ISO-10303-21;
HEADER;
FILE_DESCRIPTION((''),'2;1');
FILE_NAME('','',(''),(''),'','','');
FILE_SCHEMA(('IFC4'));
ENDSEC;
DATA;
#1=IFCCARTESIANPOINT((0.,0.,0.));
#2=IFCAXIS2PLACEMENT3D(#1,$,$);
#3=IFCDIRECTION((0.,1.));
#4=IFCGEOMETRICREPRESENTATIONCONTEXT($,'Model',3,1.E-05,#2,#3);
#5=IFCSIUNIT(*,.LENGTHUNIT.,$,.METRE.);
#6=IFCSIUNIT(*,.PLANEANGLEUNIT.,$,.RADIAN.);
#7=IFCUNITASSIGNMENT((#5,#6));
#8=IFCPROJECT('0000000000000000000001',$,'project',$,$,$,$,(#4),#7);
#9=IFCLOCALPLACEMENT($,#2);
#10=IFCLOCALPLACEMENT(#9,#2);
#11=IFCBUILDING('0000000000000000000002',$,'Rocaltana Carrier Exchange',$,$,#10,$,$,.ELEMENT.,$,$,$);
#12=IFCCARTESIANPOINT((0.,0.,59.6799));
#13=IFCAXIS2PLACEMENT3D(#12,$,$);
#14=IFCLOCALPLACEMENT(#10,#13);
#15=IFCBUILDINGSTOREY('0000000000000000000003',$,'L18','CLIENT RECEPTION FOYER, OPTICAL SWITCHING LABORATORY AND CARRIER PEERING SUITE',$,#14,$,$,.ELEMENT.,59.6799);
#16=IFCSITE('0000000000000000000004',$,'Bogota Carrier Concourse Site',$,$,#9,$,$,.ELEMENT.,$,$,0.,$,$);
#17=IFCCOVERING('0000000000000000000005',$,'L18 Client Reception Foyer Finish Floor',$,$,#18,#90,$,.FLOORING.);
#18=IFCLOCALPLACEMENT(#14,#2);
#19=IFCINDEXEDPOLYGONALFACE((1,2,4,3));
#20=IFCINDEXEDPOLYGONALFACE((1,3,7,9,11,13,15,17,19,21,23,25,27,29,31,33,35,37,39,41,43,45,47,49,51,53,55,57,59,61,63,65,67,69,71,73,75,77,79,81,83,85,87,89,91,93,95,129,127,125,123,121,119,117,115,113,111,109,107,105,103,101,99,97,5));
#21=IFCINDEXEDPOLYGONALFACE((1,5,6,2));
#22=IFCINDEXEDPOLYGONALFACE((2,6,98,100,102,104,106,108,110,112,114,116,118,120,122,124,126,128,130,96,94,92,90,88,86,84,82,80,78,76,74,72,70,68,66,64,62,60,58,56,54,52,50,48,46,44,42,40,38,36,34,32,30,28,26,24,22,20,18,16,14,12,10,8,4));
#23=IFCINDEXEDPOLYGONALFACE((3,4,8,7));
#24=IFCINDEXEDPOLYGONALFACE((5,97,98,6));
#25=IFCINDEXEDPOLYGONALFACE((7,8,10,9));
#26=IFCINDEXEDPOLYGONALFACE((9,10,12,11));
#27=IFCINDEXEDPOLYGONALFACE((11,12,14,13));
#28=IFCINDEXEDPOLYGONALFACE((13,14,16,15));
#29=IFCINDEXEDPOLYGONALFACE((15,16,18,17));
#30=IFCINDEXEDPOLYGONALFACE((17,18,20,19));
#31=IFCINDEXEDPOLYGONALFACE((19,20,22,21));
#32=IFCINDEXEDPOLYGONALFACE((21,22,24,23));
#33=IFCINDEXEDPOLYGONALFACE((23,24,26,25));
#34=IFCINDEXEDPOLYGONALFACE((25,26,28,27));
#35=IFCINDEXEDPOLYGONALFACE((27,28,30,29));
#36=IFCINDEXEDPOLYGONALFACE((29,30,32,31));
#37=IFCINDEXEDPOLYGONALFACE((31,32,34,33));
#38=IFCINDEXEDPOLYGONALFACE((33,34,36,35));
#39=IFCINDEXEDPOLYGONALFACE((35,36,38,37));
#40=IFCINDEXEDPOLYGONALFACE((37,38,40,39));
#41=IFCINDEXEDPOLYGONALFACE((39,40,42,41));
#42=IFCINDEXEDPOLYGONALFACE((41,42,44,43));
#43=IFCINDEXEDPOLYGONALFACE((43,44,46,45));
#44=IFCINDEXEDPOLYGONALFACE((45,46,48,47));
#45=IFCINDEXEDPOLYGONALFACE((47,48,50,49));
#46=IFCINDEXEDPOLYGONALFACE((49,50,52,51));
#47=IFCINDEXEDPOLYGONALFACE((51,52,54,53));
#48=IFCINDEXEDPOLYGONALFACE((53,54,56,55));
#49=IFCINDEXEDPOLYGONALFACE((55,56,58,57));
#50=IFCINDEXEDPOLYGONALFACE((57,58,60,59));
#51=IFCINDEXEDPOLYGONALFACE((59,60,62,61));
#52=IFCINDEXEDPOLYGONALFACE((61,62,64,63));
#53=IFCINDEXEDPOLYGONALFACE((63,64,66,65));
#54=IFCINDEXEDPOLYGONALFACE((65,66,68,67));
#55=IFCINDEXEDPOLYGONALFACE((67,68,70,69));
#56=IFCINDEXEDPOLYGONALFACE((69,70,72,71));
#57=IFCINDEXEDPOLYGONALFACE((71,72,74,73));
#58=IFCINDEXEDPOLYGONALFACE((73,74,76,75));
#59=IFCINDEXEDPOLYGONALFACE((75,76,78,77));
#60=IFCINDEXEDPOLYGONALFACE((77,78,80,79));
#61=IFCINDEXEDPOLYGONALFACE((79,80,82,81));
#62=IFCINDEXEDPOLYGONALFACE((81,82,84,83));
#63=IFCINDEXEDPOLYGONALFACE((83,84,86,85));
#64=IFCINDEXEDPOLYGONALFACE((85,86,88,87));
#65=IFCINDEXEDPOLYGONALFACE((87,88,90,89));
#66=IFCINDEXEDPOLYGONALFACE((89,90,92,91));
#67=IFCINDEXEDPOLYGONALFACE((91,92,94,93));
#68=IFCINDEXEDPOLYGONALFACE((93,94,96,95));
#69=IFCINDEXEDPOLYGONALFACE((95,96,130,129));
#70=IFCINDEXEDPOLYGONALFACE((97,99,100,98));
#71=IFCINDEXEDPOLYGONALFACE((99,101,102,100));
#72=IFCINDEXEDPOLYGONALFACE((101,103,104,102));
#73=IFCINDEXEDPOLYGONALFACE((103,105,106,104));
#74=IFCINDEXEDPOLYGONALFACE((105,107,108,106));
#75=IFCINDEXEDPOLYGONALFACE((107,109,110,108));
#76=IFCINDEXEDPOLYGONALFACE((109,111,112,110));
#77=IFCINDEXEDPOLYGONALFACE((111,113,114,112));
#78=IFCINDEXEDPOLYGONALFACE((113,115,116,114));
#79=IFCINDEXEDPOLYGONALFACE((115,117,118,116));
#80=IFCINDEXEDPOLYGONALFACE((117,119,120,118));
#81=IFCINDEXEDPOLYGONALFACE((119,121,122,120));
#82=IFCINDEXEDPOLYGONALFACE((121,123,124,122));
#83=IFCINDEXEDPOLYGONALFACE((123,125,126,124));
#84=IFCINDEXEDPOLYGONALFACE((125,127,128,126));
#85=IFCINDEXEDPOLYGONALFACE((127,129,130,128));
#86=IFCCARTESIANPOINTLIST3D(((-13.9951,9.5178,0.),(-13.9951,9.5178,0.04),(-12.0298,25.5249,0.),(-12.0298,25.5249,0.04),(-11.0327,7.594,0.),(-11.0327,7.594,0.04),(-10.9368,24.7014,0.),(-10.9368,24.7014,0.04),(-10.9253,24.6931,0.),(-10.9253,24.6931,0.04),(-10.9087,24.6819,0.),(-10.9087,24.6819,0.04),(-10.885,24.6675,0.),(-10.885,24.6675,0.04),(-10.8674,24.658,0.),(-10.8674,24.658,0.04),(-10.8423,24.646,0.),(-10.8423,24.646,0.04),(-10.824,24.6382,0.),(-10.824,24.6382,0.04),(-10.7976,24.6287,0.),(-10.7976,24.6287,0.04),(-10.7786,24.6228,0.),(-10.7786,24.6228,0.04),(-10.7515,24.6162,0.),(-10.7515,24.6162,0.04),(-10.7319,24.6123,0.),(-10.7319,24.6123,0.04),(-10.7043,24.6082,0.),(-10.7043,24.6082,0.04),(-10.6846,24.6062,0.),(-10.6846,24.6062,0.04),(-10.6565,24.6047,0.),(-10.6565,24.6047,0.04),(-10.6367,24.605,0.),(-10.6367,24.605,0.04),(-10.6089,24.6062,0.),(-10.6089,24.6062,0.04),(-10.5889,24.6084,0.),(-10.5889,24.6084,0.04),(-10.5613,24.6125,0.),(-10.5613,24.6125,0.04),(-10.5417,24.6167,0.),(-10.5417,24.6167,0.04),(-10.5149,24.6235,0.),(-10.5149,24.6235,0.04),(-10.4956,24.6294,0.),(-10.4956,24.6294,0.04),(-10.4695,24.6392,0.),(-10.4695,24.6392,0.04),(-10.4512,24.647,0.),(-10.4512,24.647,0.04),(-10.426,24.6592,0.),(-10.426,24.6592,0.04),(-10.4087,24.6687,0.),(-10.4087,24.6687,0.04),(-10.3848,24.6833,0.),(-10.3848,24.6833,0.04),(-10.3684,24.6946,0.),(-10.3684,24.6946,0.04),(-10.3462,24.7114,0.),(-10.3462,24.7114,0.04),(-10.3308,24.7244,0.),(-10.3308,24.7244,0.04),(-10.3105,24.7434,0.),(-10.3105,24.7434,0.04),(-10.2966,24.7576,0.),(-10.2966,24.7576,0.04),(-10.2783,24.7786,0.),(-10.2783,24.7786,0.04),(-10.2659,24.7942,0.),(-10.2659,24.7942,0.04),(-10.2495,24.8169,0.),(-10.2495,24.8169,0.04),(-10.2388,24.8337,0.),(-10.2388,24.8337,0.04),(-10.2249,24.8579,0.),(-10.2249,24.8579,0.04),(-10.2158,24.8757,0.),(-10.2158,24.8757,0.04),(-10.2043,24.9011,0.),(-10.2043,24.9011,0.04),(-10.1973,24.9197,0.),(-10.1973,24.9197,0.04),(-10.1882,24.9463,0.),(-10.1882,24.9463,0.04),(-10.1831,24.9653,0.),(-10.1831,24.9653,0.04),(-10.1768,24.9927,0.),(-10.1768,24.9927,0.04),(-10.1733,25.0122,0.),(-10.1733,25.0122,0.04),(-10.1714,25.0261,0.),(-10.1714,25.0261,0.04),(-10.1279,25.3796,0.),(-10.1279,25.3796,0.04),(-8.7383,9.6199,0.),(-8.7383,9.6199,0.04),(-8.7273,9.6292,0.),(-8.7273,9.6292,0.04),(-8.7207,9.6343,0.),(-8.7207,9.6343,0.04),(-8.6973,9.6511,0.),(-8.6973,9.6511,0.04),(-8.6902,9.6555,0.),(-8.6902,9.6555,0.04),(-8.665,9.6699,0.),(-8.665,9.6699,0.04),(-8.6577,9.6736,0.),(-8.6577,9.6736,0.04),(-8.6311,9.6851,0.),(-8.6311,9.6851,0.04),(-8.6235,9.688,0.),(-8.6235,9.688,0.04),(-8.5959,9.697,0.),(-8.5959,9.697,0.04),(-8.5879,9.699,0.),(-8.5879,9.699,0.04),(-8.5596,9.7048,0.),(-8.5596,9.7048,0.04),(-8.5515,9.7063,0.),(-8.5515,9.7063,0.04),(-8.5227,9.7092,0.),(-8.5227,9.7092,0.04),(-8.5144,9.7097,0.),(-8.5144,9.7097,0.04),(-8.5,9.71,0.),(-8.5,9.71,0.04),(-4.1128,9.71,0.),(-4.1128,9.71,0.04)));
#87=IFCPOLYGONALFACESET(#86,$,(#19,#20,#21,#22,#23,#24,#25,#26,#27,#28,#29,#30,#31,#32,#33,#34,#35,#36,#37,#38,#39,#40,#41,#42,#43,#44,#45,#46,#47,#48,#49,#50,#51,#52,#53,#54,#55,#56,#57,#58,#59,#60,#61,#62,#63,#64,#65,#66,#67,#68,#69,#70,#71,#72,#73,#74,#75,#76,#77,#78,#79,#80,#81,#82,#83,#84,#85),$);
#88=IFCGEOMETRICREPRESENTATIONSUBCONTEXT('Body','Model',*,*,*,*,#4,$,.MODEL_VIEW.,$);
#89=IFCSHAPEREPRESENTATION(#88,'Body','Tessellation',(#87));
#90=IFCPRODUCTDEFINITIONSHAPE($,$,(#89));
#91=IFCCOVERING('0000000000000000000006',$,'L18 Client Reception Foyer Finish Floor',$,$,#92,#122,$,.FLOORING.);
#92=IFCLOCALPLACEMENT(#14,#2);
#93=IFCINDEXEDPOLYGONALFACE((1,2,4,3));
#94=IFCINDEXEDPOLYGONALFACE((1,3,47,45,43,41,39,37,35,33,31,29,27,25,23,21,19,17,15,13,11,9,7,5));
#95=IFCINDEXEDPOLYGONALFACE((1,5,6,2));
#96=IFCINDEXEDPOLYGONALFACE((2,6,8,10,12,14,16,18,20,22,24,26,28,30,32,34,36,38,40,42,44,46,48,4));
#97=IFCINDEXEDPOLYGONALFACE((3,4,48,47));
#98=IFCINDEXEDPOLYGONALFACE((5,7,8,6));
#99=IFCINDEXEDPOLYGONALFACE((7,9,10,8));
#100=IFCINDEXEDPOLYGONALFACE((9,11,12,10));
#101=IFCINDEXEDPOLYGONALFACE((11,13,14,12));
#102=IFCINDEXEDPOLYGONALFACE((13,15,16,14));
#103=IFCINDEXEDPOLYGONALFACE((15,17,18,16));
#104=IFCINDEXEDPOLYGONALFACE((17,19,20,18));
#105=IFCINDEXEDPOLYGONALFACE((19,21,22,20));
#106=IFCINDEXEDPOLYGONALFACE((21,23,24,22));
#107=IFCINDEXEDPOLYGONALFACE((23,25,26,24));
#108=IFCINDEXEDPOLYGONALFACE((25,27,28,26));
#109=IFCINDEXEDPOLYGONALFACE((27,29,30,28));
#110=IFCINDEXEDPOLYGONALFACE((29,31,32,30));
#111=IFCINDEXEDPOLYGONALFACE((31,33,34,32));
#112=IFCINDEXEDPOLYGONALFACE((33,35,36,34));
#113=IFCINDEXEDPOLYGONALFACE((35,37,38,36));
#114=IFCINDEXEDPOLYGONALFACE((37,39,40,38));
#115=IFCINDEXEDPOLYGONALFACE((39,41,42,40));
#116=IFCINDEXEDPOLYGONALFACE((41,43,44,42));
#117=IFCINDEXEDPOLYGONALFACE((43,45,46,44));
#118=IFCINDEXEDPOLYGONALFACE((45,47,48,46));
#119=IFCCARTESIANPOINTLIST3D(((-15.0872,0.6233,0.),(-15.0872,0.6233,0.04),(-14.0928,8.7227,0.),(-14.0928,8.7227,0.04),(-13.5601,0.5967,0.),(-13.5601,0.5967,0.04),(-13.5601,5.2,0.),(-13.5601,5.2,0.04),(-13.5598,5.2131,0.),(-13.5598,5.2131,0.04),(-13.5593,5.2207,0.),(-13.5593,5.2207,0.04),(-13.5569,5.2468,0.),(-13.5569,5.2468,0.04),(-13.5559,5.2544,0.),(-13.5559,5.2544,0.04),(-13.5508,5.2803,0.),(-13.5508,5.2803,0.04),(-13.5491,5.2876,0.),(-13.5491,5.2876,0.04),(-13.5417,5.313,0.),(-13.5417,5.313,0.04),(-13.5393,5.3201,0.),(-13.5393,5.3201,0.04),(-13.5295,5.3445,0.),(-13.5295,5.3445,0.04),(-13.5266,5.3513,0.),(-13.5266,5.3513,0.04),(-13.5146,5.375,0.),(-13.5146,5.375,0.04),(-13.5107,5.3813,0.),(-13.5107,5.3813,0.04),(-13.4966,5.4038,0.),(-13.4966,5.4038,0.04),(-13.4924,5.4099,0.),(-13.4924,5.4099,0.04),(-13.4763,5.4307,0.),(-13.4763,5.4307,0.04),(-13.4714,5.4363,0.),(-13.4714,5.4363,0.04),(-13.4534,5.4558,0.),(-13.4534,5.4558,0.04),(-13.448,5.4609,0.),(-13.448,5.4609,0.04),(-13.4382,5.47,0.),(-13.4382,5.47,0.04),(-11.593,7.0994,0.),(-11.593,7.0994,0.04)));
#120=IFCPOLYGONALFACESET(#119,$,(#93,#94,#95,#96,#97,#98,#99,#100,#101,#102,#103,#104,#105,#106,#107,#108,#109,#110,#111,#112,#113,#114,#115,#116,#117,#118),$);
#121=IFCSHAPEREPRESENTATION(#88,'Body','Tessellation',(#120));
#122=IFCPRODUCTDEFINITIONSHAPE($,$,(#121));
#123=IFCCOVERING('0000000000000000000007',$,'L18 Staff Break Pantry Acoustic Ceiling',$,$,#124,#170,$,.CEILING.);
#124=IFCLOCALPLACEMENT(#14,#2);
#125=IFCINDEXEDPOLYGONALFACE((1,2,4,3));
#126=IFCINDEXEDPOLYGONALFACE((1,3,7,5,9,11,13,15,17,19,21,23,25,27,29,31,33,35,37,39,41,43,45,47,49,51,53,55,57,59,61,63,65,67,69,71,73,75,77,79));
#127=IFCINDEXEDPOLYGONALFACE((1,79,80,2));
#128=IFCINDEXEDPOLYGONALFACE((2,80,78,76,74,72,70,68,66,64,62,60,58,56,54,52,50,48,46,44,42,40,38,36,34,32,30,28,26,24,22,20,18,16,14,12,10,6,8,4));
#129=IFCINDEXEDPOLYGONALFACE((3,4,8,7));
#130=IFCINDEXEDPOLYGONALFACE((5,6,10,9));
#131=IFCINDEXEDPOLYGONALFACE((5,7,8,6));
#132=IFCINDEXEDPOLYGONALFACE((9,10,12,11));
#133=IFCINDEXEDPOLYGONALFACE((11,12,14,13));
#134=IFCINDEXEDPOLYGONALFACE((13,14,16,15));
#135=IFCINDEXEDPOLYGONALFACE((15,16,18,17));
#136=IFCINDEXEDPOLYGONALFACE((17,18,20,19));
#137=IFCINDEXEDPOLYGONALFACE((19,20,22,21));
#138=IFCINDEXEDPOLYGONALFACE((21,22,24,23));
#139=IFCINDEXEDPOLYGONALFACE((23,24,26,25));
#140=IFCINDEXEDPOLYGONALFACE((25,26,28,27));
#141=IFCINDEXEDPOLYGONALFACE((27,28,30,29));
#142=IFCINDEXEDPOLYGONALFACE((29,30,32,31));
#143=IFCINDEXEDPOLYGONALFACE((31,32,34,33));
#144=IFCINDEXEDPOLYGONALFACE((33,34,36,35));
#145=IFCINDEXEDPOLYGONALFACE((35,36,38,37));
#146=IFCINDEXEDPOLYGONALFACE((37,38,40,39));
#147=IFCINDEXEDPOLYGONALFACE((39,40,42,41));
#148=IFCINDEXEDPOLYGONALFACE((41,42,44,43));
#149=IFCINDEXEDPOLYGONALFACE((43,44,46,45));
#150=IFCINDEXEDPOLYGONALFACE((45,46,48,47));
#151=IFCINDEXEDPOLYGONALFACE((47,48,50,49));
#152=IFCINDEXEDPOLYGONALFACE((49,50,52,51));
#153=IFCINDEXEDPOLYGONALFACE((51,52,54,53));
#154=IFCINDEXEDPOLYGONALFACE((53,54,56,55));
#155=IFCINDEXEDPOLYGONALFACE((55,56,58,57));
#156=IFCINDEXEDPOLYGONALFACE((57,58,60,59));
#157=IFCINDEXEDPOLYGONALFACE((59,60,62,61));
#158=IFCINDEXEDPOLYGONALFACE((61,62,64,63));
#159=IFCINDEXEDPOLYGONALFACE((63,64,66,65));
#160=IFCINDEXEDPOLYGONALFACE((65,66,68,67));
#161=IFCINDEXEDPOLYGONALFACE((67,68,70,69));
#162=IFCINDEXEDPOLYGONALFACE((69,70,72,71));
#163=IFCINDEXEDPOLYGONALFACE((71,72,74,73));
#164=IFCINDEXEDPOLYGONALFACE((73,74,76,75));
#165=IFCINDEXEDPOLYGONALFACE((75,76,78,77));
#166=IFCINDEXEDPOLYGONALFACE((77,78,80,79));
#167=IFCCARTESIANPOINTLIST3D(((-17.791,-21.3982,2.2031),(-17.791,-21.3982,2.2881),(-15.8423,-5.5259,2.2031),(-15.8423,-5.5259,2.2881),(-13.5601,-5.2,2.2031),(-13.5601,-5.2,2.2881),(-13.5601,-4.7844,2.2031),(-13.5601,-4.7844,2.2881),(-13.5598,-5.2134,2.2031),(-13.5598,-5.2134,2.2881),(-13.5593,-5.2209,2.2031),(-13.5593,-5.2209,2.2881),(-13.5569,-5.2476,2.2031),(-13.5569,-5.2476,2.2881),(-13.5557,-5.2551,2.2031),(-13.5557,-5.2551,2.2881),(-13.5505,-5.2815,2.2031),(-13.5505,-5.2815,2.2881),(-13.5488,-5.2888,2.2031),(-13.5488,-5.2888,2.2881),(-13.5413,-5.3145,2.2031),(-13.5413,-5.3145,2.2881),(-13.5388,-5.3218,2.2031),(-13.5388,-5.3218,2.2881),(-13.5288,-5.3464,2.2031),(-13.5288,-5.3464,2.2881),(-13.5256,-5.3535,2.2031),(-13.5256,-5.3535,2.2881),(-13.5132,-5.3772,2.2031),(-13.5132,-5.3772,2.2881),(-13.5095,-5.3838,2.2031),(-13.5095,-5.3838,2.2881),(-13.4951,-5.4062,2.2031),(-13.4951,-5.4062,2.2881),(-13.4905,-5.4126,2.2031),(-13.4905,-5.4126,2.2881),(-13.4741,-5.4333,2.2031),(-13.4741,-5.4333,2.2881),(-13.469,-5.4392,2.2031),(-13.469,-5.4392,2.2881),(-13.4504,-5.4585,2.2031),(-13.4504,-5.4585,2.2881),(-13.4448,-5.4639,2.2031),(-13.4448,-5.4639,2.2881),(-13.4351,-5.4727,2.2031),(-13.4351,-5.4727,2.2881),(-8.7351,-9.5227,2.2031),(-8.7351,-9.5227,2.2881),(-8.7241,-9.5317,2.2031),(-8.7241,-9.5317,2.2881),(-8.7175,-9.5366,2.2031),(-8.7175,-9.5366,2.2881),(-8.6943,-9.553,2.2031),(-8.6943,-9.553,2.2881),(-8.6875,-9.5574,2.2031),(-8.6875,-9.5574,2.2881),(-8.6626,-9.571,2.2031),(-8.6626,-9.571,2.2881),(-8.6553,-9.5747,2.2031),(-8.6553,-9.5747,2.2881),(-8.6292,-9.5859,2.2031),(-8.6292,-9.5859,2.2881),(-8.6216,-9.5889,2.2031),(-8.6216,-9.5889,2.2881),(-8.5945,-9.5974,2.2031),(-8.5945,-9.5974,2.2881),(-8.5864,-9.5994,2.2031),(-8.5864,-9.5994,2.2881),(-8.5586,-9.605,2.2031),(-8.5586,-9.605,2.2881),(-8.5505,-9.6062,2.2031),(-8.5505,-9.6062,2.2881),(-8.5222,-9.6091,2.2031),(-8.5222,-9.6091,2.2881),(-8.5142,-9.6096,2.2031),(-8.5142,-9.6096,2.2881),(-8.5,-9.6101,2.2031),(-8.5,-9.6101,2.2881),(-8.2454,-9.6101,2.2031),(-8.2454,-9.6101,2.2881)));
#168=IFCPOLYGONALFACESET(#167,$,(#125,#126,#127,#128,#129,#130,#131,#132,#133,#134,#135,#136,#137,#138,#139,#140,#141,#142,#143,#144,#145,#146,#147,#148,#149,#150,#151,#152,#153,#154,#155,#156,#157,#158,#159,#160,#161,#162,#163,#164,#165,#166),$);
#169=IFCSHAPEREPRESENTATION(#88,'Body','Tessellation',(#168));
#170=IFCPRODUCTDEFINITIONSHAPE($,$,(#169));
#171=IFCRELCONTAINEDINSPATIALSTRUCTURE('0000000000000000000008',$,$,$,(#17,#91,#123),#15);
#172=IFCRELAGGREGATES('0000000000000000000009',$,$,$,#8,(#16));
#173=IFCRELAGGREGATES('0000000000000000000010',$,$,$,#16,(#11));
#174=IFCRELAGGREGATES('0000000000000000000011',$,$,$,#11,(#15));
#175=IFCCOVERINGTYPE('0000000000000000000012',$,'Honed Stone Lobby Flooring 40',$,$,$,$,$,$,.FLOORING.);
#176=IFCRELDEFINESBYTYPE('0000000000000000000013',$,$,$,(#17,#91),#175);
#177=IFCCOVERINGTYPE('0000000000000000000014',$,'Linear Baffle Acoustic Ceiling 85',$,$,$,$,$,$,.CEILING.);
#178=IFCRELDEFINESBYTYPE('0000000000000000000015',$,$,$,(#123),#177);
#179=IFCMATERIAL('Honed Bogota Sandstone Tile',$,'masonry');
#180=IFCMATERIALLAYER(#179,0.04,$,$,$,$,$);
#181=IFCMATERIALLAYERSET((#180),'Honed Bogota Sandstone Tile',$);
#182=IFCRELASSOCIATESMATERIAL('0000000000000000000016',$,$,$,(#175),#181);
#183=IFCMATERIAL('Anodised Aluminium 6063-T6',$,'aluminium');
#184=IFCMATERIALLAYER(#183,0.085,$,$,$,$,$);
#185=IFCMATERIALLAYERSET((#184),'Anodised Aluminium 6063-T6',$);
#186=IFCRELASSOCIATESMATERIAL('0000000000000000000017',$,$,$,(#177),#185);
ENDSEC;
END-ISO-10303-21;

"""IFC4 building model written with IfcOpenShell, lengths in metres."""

from ifc_helpers import new_model, si_unit, direction, frame, origin, place, context, subcontext, project, spatial, polyline, outline, extrude, material, layer, layer_set, type_object, element, save


model = new_model("IFC4")

# Units and contexts
model_context = context("Model", 3, precision=1e-05, world=origin(), true_north=direction((0.0, 1.0)))
body_context = subcontext(model_context, "Body", "Model", "MODEL_VIEW")
ifc_project = project(units=[si_unit("LENGTHUNIT", "METRE"), si_unit("PLANEANGLEUNIT", "RADIAN")], contexts=[model_context])

# Site, building, storey
site_placement = place(None, origin())
site = spatial("IfcSite", under=ifc_project, at=site_placement, Name="Bogota Carrier Concourse Site", CompositionType="ELEMENT", RefElevation=0.0)
building_placement = place(site_placement, origin())
building = spatial("IfcBuilding", under=site, at=building_placement, Name="Rocaltana Carrier Exchange", CompositionType="ELEMENT")
storey_placement = place(building_placement, frame((0.0, 0.0, 59.6799)))
storey = spatial("IfcBuildingStorey", under=building, at=storey_placement, Name="L18", Description="CLIENT RECEPTION FOYER, OPTICAL SWITCHING LABORATORY AND CARRIER PEERING SUITE", CompositionType="ELEMENT", Elevation=59.6799)

# Coverings
ifc_material_1 = material(Name="Honed Bogota Sandstone Tile", Category="masonry")
ifc_layer_1 = layer(ifc_material_1, 0.04)
ifc_layer_set_1 = layer_set([ifc_layer_1], Name="Honed Bogota Sandstone Tile")
covering_type_1 = type_object("IfcCoveringType", Name="Honed Stone Lobby Flooring 40", PredefinedType="FLOORING", material=ifc_layer_set_1)
covering_1_placement = place(storey_placement, origin())
element("IfcCovering", 1, at=covering_1_placement, inside=storey, type_object=covering_type_1, Name="L18 Client Reception Foyer Finish Floor", PredefinedType="FLOORING", context=body_context, shape_type="SweptSolid", body=[
    extrude(outline(polyline([(-12.0298, 25.5249), (-10.9368, 24.7014), (-10.9253, 24.6931), (-10.9087, 24.6819), (-10.885, 24.6675), (-10.8674, 24.658), (-10.8423, 24.646), (-10.824, 24.6382), (-10.7976, 24.6287), (-10.7786, 24.6228), (-10.7515, 24.6162), (-10.7319, 24.6123), (-10.7043, 24.6082), (-10.6846, 24.6062), (-10.6565, 24.6047), (-10.6367, 24.605), (-10.6089, 24.6062), (-10.5889, 24.6084), (-10.5613, 24.6125), (-10.5417, 24.6167), (-10.5149, 24.6235), (-10.4956, 24.6294), (-10.4695, 24.6392), (-10.4512, 24.647), (-10.426, 24.6592), (-10.4087, 24.6687), (-10.3848, 24.6833), (-10.3684, 24.6946), (-10.3462, 24.7114), (-10.3308, 24.7244), (-10.3105, 24.7434), (-10.2966, 24.7576), (-10.2783, 24.7786), (-10.2659, 24.7942), (-10.2495, 24.8169), (-10.2388, 24.8337), (-10.2249, 24.8579), (-10.2158, 24.8757), (-10.2043, 24.9011), (-10.1973, 24.9197), (-10.1882, 24.9463), (-10.1831, 24.9653), (-10.1768, 24.9927), (-10.1733, 25.0122), (-10.1714, 25.0261), (-10.1279, 25.3796), (-4.1128, 9.71), (-8.5, 9.71), (-8.5144, 9.7097), (-8.5227, 9.7092), (-8.5515, 9.7063), (-8.5596, 9.7048), (-8.5879, 9.699), (-8.5959, 9.697), (-8.6235, 9.688), (-8.6311, 9.6851), (-8.6577, 9.6736), (-8.665, 9.6699), (-8.6902, 9.6555), (-8.6973, 9.6511), (-8.7207, 9.6343), (-8.7273, 9.6292), (-8.7383, 9.6199), (-11.0327, 7.594), (-13.9951, 9.5178), (-12.0298, 25.5249)])), origin(), (0.0, 0.0, 1.0), 0.04),
])
covering_2_placement = place(storey_placement, origin())
element("IfcCovering", 2, at=covering_2_placement, inside=storey, type_object=covering_type_1, Name="L18 Client Reception Foyer Finish Floor", PredefinedType="FLOORING", context=body_context, shape_type="SweptSolid", body=[
    extrude(outline(polyline([(-14.0928, 8.7227), (-11.593, 7.0994), (-13.4382, 5.47), (-13.448, 5.4609), (-13.4534, 5.4558), (-13.4714, 5.4363), (-13.4763, 5.4307), (-13.4924, 5.4099), (-13.4966, 5.4038), (-13.5107, 5.3813), (-13.5146, 5.375), (-13.5266, 5.3513), (-13.5295, 5.3445), (-13.5393, 5.3201), (-13.5417, 5.313), (-13.5491, 5.2876), (-13.5508, 5.2803), (-13.5559, 5.2544), (-13.5569, 5.2468), (-13.5593, 5.2207), (-13.5598, 5.2131), (-13.5601, 5.2), (-13.5601, 0.5967), (-15.0872, 0.6233), (-14.0928, 8.7227)])), origin(), (0.0, 0.0, 1.0), 0.04),
])
ifc_material_2 = material(Name="Anodised Aluminium 6063-T6", Category="aluminium")
ifc_layer_2 = layer(ifc_material_2, 0.085)
ifc_layer_set_2 = layer_set([ifc_layer_2], Name="Anodised Aluminium 6063-T6")
covering_type_2 = type_object("IfcCoveringType", Name="Linear Baffle Acoustic Ceiling 85", PredefinedType="CEILING", material=ifc_layer_set_2)
covering_3_placement = place(storey_placement, frame((0.0, 0.0, 2.2031)))
element("IfcCovering", 3, at=covering_3_placement, inside=storey, type_object=covering_type_2, Name="L18 Staff Break Pantry Acoustic Ceiling", PredefinedType="CEILING", context=body_context, shape_type="SweptSolid", body=[
    extrude(outline(polyline([(-17.791, -21.3982), (-15.8423, -5.5259), (-13.5601, -4.7844), (-13.5601, -5.2), (-13.5598, -5.2134), (-13.5593, -5.2209), (-13.5569, -5.2476), (-13.5557, -5.2551), (-13.5505, -5.2815), (-13.5488, -5.2888), (-13.5413, -5.3145), (-13.5388, -5.3218), (-13.5288, -5.3464), (-13.5256, -5.3535), (-13.5132, -5.3772), (-13.5095, -5.3838), (-13.4951, -5.4062), (-13.4905, -5.4126), (-13.4741, -5.4333), (-13.469, -5.4392), (-13.4504, -5.4585), (-13.4448, -5.4639), (-13.4351, -5.4727), (-8.7351, -9.5227), (-8.7241, -9.5317), (-8.7175, -9.5366), (-8.6943, -9.553), (-8.6875, -9.5574), (-8.6626, -9.571), (-8.6553, -9.5747), (-8.6292, -9.5859), (-8.6216, -9.5889), (-8.5945, -9.5974), (-8.5864, -9.5994), (-8.5586, -9.605), (-8.5505, -9.6062), (-8.5222, -9.6091), (-8.5142, -9.6096), (-8.5, -9.6101), (-8.2454, -9.6101), (-17.791, -21.3982)])), origin(), (0.0, 0.0, 1.0), 0.085),
])

save(model, "model.ifc")
